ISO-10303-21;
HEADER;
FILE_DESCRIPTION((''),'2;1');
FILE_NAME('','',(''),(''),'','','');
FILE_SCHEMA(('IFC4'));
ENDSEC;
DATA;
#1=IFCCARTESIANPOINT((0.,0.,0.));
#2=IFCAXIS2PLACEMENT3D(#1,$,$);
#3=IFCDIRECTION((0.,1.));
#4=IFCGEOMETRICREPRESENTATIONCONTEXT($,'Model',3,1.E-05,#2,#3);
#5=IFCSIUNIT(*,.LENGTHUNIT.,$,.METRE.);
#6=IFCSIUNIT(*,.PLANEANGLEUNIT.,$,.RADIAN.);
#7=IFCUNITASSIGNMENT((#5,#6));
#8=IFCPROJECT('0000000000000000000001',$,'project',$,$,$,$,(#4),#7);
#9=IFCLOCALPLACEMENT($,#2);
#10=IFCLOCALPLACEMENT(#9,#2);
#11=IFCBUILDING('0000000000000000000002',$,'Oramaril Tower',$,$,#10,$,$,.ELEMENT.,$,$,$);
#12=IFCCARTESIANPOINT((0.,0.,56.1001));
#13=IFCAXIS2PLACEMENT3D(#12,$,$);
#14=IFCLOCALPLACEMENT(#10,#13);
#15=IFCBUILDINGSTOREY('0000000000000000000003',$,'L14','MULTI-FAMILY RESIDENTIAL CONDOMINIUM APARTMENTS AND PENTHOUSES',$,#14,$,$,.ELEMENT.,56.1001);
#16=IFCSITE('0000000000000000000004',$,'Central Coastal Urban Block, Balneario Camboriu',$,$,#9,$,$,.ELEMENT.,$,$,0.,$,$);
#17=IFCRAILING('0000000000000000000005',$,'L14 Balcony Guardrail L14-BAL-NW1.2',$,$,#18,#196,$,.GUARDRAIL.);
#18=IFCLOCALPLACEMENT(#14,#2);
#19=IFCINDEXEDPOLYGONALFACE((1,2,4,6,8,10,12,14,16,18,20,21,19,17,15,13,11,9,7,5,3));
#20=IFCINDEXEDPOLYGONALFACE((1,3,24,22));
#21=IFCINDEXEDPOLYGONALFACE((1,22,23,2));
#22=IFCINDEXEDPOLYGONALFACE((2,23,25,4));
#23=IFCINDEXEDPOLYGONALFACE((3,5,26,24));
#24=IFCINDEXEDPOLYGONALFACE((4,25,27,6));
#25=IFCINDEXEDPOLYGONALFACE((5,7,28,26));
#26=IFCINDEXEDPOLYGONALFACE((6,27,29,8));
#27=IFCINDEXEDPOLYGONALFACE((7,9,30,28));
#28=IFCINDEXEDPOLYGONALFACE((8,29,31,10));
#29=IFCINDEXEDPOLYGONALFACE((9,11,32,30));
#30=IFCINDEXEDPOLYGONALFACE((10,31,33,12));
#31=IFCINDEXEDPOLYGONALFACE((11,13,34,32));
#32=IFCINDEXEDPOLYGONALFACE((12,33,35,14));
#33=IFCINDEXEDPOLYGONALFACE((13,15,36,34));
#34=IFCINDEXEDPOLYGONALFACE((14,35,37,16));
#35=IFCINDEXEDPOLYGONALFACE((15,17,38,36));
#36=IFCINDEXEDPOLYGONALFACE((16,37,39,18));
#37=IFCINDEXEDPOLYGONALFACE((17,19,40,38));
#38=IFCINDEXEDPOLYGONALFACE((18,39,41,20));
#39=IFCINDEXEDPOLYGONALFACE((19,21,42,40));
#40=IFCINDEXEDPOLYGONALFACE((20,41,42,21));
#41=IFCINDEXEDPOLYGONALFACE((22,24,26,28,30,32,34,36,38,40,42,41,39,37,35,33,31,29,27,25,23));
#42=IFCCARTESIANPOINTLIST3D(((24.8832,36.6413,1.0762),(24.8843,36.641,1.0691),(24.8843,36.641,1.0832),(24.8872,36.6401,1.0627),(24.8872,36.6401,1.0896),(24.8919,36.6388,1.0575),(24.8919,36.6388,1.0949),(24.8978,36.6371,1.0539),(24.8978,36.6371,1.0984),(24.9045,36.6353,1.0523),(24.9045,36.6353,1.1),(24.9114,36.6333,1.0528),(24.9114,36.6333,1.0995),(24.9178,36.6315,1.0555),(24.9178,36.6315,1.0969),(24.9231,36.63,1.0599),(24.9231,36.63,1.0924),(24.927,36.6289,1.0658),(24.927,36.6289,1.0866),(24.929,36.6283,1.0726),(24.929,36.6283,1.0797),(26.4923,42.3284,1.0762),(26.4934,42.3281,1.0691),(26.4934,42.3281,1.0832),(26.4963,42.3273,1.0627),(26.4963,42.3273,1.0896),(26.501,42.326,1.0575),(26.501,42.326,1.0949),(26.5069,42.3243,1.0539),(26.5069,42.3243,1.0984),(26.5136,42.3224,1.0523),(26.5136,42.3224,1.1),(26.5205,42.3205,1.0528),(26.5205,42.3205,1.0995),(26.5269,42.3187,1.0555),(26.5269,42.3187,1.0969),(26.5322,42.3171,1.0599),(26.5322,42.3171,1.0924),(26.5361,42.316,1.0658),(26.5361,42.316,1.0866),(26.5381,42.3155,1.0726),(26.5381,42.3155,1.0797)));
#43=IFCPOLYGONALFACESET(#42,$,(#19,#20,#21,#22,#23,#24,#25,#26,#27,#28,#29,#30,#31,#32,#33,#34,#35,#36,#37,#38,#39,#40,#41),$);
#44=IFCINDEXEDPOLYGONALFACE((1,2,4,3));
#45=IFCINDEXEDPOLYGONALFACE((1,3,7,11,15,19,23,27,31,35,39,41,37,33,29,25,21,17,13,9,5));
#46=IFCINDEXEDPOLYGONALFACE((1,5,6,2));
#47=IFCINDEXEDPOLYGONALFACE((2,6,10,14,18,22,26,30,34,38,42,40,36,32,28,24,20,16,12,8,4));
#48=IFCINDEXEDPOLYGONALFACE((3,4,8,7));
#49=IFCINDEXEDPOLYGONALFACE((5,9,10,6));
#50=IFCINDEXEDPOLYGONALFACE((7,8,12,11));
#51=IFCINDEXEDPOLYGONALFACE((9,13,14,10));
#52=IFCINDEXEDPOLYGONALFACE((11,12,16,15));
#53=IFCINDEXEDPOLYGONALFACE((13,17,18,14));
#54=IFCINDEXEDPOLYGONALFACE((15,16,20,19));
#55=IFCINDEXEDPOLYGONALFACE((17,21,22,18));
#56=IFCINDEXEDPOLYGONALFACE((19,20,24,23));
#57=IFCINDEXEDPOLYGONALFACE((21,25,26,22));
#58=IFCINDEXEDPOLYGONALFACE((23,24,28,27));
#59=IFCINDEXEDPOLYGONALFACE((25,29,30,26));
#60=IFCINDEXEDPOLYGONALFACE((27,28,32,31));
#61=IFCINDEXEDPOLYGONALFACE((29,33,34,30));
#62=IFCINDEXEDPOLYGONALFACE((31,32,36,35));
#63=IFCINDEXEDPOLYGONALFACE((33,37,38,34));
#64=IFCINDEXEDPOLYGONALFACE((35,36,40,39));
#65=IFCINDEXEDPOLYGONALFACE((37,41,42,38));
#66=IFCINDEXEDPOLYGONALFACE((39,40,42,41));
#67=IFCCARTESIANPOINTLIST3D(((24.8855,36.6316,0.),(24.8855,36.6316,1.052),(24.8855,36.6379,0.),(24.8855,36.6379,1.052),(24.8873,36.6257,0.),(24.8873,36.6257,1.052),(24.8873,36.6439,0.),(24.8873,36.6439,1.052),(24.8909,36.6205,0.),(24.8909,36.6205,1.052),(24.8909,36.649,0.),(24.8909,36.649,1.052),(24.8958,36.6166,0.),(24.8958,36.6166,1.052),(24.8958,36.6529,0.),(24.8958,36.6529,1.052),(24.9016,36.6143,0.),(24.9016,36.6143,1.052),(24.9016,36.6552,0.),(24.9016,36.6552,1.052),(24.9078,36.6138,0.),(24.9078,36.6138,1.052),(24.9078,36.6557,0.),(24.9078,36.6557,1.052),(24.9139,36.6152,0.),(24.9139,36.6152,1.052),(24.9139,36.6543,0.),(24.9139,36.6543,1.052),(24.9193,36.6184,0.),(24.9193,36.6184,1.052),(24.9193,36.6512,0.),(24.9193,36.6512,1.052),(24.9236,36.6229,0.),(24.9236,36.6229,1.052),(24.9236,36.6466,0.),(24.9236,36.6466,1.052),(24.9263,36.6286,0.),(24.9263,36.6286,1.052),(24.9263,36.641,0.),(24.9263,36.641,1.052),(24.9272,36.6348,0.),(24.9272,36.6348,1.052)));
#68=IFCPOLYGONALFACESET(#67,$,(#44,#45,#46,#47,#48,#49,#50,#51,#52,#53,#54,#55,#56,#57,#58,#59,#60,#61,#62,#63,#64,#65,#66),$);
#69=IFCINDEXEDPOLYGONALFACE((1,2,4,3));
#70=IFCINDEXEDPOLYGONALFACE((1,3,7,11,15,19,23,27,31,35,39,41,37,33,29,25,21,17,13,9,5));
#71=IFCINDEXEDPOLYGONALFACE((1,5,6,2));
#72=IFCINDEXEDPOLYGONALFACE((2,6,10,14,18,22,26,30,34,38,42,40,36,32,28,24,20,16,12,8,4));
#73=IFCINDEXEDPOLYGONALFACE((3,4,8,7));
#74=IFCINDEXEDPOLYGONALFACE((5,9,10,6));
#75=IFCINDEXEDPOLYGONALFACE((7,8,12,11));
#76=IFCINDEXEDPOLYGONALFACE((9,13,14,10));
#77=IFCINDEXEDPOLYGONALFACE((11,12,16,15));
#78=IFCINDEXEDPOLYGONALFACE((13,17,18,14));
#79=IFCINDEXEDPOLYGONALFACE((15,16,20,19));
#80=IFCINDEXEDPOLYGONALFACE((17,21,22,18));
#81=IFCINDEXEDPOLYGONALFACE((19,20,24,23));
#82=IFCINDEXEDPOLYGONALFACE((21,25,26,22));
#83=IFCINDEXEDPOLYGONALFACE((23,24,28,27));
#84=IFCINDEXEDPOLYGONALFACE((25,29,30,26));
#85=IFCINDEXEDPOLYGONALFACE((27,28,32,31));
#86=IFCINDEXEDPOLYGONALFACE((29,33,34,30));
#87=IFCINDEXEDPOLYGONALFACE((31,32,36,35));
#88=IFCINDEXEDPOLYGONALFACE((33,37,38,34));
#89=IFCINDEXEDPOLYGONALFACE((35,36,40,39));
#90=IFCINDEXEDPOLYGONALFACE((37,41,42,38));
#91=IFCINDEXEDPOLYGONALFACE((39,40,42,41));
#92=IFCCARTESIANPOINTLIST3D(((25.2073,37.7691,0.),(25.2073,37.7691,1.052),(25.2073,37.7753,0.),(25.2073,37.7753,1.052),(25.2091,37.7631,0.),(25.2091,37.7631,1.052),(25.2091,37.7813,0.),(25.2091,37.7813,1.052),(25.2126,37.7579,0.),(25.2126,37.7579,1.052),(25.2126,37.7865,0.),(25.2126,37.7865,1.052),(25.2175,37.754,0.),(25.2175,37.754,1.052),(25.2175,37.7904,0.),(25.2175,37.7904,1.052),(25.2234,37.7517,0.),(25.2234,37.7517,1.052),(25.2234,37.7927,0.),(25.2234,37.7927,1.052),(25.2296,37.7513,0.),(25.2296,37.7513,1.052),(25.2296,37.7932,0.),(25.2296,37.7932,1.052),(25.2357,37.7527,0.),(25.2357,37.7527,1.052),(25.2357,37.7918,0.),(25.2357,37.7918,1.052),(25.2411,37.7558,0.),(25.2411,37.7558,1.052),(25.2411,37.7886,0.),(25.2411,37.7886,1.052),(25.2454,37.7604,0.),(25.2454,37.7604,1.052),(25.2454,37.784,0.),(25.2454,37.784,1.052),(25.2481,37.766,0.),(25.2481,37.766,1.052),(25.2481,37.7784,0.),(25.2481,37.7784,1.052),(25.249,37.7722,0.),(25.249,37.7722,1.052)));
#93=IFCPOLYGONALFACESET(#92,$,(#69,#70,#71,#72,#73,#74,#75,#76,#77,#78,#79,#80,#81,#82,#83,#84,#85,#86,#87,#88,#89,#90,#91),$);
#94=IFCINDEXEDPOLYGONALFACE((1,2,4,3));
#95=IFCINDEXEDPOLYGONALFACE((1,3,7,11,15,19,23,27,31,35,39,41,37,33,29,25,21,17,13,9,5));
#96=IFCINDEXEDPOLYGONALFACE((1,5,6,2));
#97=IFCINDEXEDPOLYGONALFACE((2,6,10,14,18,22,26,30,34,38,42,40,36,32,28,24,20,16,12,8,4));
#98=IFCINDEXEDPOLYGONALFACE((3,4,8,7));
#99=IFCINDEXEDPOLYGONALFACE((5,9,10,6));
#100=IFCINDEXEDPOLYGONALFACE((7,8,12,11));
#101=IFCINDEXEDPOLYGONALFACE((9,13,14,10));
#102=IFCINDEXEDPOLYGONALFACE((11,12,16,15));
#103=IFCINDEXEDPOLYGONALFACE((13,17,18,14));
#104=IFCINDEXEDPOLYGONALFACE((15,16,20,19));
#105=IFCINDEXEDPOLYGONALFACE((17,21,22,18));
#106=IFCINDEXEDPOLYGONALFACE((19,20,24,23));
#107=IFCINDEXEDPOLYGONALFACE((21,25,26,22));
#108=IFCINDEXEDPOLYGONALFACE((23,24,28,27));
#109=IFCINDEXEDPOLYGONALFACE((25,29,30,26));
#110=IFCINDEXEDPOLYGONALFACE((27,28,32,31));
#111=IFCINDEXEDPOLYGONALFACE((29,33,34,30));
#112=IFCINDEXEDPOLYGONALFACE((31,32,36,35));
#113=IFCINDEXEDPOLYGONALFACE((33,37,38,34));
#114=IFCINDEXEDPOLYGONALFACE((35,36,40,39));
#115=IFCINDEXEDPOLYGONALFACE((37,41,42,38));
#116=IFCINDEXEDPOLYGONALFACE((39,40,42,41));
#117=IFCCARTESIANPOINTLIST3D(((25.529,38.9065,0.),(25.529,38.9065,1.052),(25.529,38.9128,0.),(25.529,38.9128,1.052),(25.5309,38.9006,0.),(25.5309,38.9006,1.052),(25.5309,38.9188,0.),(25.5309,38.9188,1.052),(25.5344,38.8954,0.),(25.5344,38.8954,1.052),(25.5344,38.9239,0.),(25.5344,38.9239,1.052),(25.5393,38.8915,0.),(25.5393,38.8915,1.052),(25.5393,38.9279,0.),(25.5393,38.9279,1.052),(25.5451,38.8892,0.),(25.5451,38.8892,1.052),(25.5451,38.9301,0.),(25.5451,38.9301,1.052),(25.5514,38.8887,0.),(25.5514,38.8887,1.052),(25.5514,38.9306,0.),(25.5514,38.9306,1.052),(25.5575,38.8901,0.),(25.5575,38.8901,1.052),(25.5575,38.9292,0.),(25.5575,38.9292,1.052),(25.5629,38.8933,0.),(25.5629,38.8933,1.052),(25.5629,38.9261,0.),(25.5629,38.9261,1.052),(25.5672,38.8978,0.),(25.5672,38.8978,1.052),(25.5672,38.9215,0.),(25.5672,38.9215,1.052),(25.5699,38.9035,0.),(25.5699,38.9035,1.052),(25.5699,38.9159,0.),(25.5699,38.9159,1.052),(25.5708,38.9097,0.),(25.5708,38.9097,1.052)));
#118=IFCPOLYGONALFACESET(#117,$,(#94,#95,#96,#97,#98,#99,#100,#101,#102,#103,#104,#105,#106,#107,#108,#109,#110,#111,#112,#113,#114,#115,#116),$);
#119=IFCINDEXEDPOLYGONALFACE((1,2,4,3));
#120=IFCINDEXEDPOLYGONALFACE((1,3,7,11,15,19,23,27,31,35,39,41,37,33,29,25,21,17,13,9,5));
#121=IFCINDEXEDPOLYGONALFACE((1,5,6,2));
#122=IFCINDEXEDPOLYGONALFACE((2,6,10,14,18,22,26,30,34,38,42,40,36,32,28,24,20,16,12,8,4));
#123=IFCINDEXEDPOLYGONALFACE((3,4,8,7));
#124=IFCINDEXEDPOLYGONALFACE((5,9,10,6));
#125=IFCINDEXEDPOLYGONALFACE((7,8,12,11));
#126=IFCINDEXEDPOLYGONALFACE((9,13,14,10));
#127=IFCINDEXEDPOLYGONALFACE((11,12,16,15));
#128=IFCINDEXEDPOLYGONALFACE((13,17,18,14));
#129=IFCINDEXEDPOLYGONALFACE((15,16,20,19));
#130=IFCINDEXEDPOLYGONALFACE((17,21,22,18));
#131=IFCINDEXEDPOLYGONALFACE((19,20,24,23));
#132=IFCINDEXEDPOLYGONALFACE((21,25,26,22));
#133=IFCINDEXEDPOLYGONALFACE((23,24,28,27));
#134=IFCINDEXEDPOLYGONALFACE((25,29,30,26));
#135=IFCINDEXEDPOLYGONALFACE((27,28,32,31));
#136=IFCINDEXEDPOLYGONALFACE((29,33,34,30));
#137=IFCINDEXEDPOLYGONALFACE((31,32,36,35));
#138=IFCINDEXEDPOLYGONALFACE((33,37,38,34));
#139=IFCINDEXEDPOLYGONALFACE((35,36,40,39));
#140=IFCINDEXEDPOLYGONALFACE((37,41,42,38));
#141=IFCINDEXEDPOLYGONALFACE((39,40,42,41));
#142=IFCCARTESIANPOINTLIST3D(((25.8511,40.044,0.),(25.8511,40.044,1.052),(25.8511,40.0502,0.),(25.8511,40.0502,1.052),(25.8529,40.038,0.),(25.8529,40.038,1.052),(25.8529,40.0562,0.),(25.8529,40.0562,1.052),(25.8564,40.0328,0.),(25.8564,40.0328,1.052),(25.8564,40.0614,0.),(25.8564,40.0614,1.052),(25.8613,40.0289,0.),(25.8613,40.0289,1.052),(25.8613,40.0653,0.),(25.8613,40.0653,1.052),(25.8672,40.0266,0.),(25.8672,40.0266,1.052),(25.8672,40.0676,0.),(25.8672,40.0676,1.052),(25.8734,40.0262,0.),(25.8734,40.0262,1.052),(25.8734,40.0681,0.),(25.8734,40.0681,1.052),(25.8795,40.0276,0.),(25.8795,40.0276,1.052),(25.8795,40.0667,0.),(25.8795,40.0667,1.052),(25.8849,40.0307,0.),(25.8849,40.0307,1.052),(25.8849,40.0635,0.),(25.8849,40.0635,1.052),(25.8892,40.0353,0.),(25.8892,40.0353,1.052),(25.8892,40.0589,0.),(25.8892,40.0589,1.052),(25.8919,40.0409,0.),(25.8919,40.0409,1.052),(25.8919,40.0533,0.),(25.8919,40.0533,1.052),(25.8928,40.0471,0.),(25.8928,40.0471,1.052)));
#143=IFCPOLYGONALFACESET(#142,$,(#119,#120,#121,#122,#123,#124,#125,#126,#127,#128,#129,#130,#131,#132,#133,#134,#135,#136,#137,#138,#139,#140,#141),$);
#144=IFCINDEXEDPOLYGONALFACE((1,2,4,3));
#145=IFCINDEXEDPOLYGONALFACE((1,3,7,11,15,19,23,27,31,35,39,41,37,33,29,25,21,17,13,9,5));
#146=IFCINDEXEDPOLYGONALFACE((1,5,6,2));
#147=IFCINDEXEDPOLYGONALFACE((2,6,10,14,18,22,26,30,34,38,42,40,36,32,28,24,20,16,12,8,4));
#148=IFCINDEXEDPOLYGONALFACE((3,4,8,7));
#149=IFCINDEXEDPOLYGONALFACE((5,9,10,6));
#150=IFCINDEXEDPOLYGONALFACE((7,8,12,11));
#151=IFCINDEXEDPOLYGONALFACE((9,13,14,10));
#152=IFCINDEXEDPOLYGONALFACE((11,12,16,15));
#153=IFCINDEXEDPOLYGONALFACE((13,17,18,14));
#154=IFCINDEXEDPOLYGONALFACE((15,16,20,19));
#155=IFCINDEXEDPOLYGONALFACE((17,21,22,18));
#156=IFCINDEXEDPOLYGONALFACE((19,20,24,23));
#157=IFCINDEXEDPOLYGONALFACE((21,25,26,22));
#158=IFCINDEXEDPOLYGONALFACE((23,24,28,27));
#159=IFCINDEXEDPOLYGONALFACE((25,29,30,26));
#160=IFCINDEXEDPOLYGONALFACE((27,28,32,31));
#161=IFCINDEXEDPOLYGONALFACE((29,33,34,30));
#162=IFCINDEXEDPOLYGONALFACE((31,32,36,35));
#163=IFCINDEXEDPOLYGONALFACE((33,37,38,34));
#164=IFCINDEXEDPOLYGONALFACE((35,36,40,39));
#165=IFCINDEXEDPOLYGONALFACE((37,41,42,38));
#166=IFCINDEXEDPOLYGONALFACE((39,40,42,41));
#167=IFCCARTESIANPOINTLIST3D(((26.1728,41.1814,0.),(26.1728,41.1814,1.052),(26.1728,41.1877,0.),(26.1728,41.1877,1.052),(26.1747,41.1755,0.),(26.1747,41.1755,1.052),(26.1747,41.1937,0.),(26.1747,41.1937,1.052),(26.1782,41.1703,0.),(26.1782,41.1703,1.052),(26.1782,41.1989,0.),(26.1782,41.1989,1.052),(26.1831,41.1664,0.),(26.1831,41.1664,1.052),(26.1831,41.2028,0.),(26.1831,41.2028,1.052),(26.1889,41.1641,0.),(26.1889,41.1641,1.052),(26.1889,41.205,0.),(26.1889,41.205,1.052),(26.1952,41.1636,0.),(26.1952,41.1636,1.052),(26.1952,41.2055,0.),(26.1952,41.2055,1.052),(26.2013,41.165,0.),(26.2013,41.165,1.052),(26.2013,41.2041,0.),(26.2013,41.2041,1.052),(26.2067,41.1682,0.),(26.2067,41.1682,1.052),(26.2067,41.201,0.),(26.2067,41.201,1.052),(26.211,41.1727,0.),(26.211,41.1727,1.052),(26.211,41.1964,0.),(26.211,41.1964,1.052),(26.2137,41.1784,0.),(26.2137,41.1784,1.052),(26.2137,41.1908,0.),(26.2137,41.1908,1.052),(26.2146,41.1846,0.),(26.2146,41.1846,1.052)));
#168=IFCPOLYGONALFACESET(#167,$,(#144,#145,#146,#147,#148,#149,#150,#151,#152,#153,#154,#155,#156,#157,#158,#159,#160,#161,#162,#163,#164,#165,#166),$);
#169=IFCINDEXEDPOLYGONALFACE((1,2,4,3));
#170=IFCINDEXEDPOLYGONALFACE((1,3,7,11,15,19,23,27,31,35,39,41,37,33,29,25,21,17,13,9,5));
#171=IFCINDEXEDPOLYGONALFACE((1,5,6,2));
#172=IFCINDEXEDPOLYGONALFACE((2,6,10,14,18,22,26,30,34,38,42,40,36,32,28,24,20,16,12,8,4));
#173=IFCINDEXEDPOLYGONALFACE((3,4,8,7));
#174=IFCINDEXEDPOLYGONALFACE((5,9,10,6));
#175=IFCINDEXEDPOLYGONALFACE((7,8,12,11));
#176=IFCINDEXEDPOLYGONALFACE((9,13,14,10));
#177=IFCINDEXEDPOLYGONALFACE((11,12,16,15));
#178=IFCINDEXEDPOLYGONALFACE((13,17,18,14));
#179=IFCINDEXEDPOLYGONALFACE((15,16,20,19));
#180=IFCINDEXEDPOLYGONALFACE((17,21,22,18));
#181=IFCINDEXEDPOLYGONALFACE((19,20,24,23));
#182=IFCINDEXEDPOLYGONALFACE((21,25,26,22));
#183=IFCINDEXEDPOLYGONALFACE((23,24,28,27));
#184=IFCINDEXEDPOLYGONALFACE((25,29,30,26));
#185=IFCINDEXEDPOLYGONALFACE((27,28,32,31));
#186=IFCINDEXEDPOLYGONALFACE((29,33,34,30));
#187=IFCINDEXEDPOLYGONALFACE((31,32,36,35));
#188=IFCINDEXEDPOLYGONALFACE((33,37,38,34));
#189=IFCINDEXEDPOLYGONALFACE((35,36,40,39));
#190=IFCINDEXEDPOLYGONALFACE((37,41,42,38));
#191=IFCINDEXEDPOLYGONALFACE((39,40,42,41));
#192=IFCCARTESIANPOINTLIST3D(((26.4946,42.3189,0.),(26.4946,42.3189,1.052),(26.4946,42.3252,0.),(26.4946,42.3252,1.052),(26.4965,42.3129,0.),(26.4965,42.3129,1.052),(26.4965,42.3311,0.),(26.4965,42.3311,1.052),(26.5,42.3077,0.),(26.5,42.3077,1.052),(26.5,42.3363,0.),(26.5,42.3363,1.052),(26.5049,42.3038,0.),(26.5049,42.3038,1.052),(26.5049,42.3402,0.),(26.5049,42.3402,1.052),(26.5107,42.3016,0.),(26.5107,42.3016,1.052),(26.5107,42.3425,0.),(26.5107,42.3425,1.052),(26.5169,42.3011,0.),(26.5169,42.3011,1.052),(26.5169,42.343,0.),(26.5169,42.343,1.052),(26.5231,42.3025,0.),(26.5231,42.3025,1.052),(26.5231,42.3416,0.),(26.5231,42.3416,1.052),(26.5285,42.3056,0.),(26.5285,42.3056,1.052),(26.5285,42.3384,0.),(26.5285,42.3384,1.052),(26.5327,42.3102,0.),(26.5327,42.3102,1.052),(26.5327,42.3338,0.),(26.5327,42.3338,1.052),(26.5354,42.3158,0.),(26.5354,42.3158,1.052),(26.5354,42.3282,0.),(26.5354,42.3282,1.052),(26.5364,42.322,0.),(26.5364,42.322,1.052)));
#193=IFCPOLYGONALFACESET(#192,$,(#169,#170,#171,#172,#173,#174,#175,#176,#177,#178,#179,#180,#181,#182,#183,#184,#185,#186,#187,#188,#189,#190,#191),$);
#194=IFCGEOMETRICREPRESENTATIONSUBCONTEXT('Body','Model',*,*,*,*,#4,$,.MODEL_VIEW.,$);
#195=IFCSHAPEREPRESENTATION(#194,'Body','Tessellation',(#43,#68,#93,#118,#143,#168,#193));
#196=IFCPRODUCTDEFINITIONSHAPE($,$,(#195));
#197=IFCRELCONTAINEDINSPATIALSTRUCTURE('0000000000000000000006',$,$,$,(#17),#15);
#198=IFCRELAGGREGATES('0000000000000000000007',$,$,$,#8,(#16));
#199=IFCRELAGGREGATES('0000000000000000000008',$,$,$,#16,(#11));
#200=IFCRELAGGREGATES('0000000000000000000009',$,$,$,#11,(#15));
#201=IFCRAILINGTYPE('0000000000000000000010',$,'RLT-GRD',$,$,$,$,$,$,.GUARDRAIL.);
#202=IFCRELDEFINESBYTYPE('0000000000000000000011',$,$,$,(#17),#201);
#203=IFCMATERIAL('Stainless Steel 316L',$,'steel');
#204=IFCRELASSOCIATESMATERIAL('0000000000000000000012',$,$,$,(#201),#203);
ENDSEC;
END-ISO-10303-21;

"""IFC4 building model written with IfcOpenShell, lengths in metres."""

from ifc_helpers import new_model, si_unit, direction, frame, origin, origin_2d, place, context, subcontext, project, spatial, circle, extrude, material, type_object, element, save


model = new_model("IFC4")

# Units and contexts
model_context = context("Model", 3, precision=1e-05, world=origin(), true_north=direction((0.0, 1.0)))
body_context = subcontext(model_context, "Body", "Model", "MODEL_VIEW")
ifc_project = project(units=[si_unit("LENGTHUNIT", "METRE"), si_unit("PLANEANGLEUNIT", "RADIAN")], contexts=[model_context])

# Site, building, storey
site_placement = place(None, origin())
site = spatial("IfcSite", under=ifc_project, at=site_placement, Name="Central Coastal Urban Block, Balneario Camboriu", CompositionType="ELEMENT", RefElevation=0.0)
building_placement = place(site_placement, origin())
building = spatial("IfcBuilding", under=site, at=building_placement, Name="Oramaril Tower", CompositionType="ELEMENT")
storey_placement = place(building_placement, frame((0.0, 0.0, 56.1001)))
storey = spatial("IfcBuildingStorey", under=building, at=storey_placement, Name="L14", Description="MULTI-FAMILY RESIDENTIAL CONDOMINIUM APARTMENTS AND PENTHOUSES", CompositionType="ELEMENT", Elevation=56.1001)

# Railing
ifc_material_1 = material(Name="Stainless Steel 316L", Category="steel")
railing_type = type_object("IfcRailingType", Name="RLT-GRD", PredefinedType="GUARDRAIL", material=ifc_material_1)
railing_1_placement = place(storey_placement, frame((24.9062, 36.6348, 0.0)))
element("IfcRailing", 1, at=railing_1_placement, inside=storey, type_object=railing_type, Name="L14 Balcony Guardrail L14-BAL-NW1.2", PredefinedType="GUARDRAIL", context=body_context, shape_type="SweptSolid", body=[
    extrude(circle(Radius=0.0239, at=origin_2d()), frame((0.0, 0.0, 1.0762), z_axis=(0.272249, 0.962227, 0.0), x_axis=(-0.962227, 0.272249, 0.0)), (0.0, 0.0, 1.0), 5.9104),
    extrude(circle(Radius=0.021, at=origin_2d()), origin(), (0.0, 0.0, 1.0), 1.052),
    extrude(circle(Radius=0.021, at=origin_2d()), frame((0.3218, 1.1375, 0.0)), (0.0, 0.0, 1.0), 1.052),
    extrude(circle(Radius=0.021, at=origin_2d()), frame((0.6436, 2.2749, 0.0)), (0.0, 0.0, 1.0), 1.052),
    extrude(circle(Radius=0.021, at=origin_2d()), frame((0.9656, 3.4124, 0.0)), (0.0, 0.0, 1.0), 1.052),
    extrude(circle(Radius=0.021, at=origin_2d()), frame((1.2874, 4.5498, 0.0)), (0.0, 0.0, 1.0), 1.052),
    extrude(circle(Radius=0.021, at=origin_2d()), frame((1.6091, 5.6873, 0.0)), (0.0, 0.0, 1.0), 1.052),
])

save(model, "model.ifc")
